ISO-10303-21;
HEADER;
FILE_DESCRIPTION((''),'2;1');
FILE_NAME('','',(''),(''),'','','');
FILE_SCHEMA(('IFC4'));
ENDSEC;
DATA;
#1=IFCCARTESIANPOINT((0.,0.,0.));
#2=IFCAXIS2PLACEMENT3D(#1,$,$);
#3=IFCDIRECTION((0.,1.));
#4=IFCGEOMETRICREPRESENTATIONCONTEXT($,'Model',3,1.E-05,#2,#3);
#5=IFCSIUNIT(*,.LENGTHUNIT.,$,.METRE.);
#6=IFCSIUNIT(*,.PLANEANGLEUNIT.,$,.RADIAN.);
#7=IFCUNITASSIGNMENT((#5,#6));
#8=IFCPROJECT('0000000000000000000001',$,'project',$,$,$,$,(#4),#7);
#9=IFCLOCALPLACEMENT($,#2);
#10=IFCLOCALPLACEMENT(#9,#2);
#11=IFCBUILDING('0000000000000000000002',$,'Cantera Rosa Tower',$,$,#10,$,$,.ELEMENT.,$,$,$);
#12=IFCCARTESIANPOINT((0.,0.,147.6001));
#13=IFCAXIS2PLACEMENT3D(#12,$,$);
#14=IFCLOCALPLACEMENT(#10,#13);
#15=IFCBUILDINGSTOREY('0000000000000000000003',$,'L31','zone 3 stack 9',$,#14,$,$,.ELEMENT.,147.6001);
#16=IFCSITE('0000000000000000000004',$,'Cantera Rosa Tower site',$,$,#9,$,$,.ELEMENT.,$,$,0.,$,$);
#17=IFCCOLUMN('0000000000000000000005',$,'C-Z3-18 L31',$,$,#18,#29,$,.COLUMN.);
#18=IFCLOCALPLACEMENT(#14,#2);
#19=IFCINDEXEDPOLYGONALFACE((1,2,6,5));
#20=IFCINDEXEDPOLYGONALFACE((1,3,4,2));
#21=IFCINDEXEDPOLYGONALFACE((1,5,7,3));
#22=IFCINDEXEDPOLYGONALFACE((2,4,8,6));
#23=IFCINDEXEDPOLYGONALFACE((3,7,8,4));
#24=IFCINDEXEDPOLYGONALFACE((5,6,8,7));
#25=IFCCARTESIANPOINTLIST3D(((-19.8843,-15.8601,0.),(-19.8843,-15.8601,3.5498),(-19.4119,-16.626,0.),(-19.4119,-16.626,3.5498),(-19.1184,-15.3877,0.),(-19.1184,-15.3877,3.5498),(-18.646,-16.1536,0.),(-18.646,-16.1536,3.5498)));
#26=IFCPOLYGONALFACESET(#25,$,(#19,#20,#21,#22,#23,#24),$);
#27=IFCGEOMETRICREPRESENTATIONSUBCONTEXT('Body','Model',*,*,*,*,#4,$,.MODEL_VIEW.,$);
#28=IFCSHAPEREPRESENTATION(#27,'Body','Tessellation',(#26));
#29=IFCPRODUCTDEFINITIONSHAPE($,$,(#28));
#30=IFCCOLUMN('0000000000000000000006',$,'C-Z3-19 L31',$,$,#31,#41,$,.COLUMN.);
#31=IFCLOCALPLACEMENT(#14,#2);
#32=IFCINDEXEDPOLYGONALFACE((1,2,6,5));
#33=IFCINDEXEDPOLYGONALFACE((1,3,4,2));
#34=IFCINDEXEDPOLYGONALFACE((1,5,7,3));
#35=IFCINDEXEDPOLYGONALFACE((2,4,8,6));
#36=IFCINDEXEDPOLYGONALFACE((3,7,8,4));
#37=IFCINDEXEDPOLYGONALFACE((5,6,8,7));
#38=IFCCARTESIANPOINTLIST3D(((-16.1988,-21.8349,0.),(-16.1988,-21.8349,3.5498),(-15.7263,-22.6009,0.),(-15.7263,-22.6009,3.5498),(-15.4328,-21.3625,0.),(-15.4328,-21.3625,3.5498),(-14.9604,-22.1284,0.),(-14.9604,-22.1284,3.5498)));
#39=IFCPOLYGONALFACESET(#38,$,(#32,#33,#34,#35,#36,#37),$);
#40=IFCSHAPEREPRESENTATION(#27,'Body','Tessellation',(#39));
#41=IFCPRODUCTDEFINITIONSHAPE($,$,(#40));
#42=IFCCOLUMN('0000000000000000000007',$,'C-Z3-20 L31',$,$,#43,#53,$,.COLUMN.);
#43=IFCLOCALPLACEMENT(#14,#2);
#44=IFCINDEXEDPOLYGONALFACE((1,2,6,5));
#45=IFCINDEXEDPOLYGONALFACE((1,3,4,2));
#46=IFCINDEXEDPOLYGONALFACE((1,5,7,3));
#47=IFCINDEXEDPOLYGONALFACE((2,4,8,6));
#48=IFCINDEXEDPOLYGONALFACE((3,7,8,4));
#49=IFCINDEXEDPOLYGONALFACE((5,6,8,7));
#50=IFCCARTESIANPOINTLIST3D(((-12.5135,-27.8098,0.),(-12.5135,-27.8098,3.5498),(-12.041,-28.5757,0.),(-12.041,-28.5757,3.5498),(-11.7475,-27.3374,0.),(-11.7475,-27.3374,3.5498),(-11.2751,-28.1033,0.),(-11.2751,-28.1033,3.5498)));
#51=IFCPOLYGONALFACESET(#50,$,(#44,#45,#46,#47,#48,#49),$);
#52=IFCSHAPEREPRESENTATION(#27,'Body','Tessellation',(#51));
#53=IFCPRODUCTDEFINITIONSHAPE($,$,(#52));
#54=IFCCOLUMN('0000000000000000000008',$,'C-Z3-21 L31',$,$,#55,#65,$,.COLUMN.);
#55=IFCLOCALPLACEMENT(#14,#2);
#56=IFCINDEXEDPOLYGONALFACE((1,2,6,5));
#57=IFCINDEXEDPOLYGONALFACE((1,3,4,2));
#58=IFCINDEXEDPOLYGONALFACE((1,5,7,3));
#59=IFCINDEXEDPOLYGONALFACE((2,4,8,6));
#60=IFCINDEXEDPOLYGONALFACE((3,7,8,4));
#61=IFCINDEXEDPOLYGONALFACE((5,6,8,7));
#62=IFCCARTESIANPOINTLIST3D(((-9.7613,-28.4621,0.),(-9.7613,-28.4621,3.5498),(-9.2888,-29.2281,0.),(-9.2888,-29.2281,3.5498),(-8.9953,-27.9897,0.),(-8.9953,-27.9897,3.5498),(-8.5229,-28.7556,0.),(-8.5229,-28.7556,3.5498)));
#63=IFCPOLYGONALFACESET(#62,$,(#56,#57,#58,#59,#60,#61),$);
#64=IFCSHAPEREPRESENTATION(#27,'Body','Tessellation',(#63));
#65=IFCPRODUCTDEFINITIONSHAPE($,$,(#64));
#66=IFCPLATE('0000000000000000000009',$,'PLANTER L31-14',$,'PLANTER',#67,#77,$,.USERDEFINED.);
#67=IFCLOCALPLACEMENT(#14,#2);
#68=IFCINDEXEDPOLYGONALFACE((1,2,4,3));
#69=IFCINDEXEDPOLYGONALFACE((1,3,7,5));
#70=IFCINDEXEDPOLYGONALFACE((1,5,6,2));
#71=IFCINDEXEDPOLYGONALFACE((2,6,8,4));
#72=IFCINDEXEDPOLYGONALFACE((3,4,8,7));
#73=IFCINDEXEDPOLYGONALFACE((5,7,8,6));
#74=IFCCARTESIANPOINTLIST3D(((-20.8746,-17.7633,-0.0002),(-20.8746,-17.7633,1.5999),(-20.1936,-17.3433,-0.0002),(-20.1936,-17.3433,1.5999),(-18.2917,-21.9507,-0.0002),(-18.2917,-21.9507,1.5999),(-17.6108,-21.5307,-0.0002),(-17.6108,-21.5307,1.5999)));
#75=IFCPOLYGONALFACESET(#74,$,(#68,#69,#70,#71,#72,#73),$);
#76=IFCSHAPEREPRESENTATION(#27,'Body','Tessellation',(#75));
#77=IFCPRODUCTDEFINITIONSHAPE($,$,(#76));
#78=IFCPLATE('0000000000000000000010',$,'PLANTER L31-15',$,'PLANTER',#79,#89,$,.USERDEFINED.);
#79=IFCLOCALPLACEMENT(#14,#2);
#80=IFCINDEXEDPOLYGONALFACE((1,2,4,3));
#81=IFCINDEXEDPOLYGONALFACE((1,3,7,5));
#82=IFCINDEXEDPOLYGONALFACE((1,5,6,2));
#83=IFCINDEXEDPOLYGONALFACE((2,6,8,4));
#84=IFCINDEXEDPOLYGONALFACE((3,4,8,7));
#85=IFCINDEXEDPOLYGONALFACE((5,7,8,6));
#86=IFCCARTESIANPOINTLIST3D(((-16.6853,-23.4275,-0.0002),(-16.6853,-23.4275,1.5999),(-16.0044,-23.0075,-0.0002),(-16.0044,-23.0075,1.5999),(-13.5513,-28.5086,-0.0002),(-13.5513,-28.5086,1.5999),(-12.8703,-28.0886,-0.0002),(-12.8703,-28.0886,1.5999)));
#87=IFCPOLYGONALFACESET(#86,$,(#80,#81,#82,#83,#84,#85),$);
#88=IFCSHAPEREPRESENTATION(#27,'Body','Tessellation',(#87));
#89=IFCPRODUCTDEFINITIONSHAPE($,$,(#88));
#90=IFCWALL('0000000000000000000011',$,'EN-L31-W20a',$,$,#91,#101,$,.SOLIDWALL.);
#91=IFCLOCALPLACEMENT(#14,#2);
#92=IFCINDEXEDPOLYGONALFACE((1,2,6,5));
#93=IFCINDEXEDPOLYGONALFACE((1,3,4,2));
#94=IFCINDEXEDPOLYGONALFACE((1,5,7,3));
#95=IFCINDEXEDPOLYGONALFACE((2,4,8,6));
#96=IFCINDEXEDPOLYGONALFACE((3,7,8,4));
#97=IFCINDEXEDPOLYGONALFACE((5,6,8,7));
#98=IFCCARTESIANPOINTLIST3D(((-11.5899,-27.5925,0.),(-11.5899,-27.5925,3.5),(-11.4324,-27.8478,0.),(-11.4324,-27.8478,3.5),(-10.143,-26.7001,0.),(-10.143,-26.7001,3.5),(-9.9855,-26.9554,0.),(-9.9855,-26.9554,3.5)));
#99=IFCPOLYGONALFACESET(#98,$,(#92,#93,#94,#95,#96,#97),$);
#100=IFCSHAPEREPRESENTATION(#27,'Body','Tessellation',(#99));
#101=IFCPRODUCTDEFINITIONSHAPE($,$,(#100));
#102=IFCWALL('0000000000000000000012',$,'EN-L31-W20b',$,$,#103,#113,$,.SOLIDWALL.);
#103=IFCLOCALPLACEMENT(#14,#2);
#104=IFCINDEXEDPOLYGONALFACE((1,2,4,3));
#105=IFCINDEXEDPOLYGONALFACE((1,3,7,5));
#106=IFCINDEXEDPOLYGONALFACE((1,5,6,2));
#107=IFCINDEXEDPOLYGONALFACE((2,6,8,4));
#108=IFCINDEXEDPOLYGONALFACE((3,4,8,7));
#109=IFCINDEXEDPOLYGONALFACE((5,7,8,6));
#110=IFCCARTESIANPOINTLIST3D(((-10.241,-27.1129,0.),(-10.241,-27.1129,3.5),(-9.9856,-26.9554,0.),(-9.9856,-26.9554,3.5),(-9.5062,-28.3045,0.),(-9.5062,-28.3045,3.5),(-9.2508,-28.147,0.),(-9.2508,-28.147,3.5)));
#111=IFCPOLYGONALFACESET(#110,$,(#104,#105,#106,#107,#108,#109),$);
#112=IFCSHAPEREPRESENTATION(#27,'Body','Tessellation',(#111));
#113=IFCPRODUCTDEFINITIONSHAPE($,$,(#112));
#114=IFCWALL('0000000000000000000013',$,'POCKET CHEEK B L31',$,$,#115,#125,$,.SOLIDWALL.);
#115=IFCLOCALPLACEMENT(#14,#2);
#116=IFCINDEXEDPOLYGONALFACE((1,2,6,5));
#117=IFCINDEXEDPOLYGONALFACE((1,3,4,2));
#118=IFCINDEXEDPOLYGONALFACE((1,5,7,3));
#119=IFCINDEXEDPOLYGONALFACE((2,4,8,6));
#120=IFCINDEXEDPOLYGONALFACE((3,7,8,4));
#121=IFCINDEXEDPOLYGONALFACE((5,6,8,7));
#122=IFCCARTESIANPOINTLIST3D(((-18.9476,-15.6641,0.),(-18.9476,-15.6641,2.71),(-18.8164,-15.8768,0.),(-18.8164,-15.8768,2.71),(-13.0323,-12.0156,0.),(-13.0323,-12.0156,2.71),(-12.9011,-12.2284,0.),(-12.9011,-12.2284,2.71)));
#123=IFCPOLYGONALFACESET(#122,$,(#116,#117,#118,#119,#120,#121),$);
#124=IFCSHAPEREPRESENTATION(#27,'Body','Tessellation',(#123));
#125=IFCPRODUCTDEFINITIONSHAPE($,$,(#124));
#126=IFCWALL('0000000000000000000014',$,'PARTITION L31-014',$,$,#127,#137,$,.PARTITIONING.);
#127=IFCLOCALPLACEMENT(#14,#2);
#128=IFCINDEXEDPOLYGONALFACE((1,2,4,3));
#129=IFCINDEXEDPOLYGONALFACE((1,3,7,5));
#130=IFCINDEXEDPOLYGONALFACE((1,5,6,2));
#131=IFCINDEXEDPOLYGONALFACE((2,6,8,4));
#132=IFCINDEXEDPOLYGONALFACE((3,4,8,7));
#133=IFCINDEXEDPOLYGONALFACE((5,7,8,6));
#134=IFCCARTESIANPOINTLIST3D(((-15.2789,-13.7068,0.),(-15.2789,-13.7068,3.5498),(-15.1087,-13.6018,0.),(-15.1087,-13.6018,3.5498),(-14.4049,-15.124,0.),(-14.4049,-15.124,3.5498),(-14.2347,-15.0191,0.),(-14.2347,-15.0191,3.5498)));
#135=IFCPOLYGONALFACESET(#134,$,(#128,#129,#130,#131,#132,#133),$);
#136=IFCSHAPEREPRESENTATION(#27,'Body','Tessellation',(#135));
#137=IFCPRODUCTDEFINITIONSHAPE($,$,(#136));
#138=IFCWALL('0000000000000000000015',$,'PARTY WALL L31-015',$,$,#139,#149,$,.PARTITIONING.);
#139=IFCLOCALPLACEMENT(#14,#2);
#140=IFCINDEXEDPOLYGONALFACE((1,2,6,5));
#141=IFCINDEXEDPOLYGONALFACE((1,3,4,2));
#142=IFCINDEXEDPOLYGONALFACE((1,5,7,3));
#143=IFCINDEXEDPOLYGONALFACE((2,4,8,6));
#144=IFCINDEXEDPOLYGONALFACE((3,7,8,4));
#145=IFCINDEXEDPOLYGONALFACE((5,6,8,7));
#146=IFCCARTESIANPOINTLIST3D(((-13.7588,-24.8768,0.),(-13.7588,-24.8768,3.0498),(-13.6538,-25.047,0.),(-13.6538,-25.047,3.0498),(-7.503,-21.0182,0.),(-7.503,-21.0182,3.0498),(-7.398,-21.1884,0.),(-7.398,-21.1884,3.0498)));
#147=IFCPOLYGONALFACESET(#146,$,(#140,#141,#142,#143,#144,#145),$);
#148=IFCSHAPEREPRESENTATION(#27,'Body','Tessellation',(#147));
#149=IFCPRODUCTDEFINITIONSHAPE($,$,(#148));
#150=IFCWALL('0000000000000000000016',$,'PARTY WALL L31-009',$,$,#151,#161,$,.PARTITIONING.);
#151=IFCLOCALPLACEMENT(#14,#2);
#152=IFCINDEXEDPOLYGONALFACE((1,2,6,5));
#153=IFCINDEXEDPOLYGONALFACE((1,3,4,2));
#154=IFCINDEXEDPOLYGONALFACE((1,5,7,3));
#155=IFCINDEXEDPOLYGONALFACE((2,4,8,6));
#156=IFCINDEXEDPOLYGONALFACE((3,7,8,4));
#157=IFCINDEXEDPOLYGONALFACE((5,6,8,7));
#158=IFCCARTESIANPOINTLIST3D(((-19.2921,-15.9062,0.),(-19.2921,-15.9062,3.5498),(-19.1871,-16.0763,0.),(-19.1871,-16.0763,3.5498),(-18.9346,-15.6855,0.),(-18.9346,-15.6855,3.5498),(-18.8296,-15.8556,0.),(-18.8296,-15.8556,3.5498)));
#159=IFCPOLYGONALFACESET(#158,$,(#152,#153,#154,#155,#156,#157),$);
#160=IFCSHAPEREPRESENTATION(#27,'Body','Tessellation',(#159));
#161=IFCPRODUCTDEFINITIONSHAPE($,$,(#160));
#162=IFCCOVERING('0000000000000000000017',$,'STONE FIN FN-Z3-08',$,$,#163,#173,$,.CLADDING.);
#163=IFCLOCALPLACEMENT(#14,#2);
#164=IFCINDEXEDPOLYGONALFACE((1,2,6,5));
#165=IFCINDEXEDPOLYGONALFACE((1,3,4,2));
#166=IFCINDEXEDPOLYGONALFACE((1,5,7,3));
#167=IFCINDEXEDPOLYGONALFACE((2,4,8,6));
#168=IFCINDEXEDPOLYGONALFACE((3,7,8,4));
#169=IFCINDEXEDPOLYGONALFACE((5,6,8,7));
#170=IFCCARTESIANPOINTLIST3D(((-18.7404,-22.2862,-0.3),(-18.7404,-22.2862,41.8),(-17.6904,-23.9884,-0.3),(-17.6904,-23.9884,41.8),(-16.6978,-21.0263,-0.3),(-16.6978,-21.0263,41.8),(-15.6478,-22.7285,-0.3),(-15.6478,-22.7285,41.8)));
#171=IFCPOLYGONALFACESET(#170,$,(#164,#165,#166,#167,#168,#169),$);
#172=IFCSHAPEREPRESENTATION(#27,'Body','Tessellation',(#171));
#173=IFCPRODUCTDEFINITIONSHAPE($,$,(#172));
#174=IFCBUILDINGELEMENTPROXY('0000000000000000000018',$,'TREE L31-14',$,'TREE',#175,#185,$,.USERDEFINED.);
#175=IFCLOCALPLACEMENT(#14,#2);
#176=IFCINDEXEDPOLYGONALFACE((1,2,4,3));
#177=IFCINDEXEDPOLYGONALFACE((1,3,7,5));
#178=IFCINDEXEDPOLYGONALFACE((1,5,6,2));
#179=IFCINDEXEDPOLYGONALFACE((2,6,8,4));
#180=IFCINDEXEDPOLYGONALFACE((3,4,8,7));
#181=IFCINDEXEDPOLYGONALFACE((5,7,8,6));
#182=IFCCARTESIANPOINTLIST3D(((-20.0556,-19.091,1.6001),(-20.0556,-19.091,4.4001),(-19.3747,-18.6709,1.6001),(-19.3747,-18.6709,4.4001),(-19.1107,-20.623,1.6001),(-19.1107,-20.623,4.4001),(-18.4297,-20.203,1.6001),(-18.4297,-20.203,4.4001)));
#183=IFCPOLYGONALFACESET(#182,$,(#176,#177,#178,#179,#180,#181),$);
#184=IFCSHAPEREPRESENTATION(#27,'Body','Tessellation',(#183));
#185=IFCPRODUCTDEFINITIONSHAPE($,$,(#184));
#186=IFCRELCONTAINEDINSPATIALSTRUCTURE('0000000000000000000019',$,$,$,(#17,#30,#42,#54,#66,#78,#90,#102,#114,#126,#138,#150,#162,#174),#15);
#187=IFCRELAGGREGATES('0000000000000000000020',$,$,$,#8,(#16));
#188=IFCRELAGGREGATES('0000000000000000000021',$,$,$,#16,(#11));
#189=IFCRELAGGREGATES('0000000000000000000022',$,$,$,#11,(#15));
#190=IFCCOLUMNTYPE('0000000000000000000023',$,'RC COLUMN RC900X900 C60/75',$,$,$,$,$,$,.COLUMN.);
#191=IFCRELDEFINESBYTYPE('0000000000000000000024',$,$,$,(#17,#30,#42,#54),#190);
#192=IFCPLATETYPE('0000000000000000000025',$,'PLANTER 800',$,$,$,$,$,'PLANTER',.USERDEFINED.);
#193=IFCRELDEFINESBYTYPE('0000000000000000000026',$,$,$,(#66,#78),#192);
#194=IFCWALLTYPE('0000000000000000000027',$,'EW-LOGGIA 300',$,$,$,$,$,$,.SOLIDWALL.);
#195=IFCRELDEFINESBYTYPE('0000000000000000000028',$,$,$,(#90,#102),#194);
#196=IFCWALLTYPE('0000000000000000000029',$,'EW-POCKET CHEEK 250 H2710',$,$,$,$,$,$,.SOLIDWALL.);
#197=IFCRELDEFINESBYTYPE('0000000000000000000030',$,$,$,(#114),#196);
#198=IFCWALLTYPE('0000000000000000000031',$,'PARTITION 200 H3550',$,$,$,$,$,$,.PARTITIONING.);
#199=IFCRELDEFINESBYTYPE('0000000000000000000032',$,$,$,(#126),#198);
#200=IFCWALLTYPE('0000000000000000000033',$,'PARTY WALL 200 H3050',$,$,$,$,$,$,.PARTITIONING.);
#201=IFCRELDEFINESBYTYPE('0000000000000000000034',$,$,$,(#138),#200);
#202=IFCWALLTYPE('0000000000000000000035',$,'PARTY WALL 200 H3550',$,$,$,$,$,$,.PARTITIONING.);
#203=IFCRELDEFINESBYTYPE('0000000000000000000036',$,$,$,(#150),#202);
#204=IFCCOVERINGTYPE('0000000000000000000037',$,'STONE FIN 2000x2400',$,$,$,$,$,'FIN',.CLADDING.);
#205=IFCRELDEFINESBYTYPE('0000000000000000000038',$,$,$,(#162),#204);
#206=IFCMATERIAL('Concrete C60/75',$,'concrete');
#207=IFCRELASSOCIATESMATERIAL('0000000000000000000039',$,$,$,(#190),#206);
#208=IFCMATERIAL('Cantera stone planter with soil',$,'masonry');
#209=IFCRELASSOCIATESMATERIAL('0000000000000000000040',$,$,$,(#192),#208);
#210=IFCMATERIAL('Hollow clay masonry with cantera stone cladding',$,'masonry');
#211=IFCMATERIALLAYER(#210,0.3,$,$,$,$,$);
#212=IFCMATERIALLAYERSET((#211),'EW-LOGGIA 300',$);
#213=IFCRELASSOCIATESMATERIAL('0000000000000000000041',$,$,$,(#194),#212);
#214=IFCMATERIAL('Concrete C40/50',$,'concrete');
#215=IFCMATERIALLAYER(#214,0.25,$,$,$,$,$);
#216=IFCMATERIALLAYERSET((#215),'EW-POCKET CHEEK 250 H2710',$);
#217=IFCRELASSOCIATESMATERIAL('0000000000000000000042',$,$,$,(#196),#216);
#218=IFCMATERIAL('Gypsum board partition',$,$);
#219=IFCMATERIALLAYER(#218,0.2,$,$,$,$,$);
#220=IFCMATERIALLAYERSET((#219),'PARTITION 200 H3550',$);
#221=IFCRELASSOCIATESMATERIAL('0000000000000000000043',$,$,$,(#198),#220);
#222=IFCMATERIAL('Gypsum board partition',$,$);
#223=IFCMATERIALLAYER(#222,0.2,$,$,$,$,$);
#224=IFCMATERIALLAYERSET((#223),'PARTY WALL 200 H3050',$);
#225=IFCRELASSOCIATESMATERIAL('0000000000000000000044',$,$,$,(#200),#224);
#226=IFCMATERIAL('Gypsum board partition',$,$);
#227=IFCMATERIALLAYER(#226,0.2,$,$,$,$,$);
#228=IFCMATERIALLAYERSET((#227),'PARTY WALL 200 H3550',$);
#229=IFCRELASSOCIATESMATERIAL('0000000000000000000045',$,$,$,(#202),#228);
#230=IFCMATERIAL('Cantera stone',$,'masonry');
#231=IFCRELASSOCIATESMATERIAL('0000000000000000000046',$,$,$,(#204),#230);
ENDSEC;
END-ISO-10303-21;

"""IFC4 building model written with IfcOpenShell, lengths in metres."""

from ifc_helpers import new_model, si_unit, direction, frame, frame_2d, origin, origin_2d, place, context, subcontext, project, spatial, rectangle, extrude, material, layer, layer_set, material_profile, profile_set, type_object, element, save


model = new_model("IFC4")

# Units and contexts
model_context = context("Model", 3, precision=1e-05, world=origin(), true_north=direction((0.0, 1.0)))
body_context = subcontext(model_context, "Body", "Model", "MODEL_VIEW")
ifc_project = project(units=[si_unit("LENGTHUNIT", "METRE"), si_unit("PLANEANGLEUNIT", "RADIAN")], contexts=[model_context])

# Site, building, storey
site_placement = place(None, origin())
site = spatial("IfcSite", under=ifc_project, at=site_placement, Name="Cantera Rosa Tower site", CompositionType="ELEMENT", RefElevation=0.0)
building_placement = place(site_placement, origin())
building = spatial("IfcBuilding", under=site, at=building_placement, Name="Cantera Rosa Tower", CompositionType="ELEMENT")
storey_placement = place(building_placement, frame((0.0, 0.0, 147.6001)))
storey = spatial("IfcBuildingStorey", under=building, at=storey_placement, Name="L31", Description="zone 3 stack 9", CompositionType="ELEMENT", Elevation=147.6001)

# Columns
ifc_material_1 = material(Name="Concrete C60/75", Category="concrete")
ifc_material_profile = material_profile(ifc_material_1, rectangle(XDim=0.8999, YDim=0.8999, at=origin_2d()), Name="RC COLUMN RC900X900 C60/75")
ifc_profile_set = profile_set([ifc_material_profile], Name="Concrete C60/75")
column_type = type_object("IfcColumnType", Name="RC COLUMN RC900X900 C60/75", PredefinedType="COLUMN", material=ifc_profile_set)
for number, where, z_axis, x_axis, name in (
    (1, (-19.2651, -16.0068, 0.0), (0.0, 0.0, 1.0), (0.851117, 0.524977, 0.0), "C-Z3-18 L31"),
    (2, (-15.5796, -21.9817, 0.0), (0.0, 0.0, 1.0), (0.851117, 0.524977, 0.0), "C-Z3-19 L31"),
    (3, (-11.8943, -27.9565, 0.0), (0.0, 0.0, 1.0), (0.851117, 0.524977, 0.0), "C-Z3-20 L31"),
    (4, (-9.1421, -28.6089, 0.0), (0.0, 0.0, 1.0), (0.851117, 0.524977, 0.0), "C-Z3-21 L31"),
):
    element("IfcColumn", number, at=place(storey_placement, frame(where, z_axis=z_axis, x_axis=x_axis)), inside=storey, type_object=column_type, Name=name, PredefinedType="COLUMN", context=body_context, shape_type="SweptSolid", body=[
        extrude(rectangle(XDim=0.8999, YDim=0.8999, at=origin_2d()), origin(), (0.0, 0.0, 1.0), 3.5498),
    ])

# Plates
ifc_material_2 = material(Name="Cantera stone planter with soil", Category="masonry")
plate_type = type_object("IfcPlateType", Name="PLANTER 800", ElementType="PLANTER", PredefinedType="USERDEFINED", material=ifc_material_2)
plate_1_placement = place(storey_placement, frame((-19.2427, -19.647, -0.0002), z_axis=(0.0, 0.0, 1.0), x_axis=(0.524977, -0.851117, 0.0)))
element("IfcPlate", 5, at=plate_1_placement, inside=storey, type_object=plate_type, Name="PLANTER L31-14", ObjectType="PLANTER", PredefinedType="USERDEFINED", context=body_context, shape_type="SweptSolid", body=[
    extrude(rectangle(XDim=4.9199, YDim=0.8, at=origin_2d()), origin(), (0.0, 0.0, 1.0), 1.6001),
])
plate_2_placement = place(storey_placement, frame((-14.7778, -25.7581, -0.0002), z_axis=(0.0, 0.0, 1.0), x_axis=(0.524977, -0.851117, 0.0)))
element("IfcPlate", 6, at=plate_2_placement, inside=storey, type_object=plate_type, Name="PLANTER L31-15", ObjectType="PLANTER", PredefinedType="USERDEFINED", context=body_context, shape_type="SweptSolid", body=[
    extrude(rectangle(XDim=5.97, YDim=0.8, at=origin_2d()), origin(), (0.0, 0.0, 1.0), 1.6001),
])

# Walls
ifc_material_3 = material(Name="Hollow clay masonry with cantera stone cladding", Category="masonry")
ifc_layer_1 = layer(ifc_material_3, 0.3)
ifc_layer_set_1 = layer_set([ifc_layer_1], Name="EW-LOGGIA 300")
wall_type_1 = type_object("IfcWallType", Name="EW-LOGGIA 300", PredefinedType="SOLIDWALL", material=ifc_layer_set_1)
wall_1_placement = place(storey_placement, frame((-11.5112, -27.7202, 0.0), z_axis=(0.0, 0.0, 1.0), x_axis=(0.85113, 0.524955, 0.0)))
element("IfcWall", 7, at=wall_1_placement, inside=storey, type_object=wall_type_1, Name="EN-L31-W20a", PredefinedType="SOLIDWALL", context=body_context, shape_type="SweptSolid", body=[
    extrude(rectangle(XDim=1.7, YDim=0.3, at=frame_2d((0.8501, 0.0))), origin(), (0.0, 0.0, 1.0), 3.5),
])
wall_2_placement = place(storey_placement, frame((-10.1133, -27.0342, 0.0), z_axis=(0.0, 0.0, 1.0), x_axis=(0.524895, -0.851167, 0.0)))
element("IfcWall", 8, at=wall_2_placement, inside=storey, type_object=wall_type_1, Name="EN-L31-W20b", PredefinedType="SOLIDWALL", context=body_context, shape_type="SweptSolid", body=[
    extrude(rectangle(XDim=1.3999, YDim=0.3, at=frame_2d((0.7, 0.0))), origin(), (0.0, 0.0, 1.0), 3.5),
])

# Walls
ifc_material_4 = material(Name="Concrete C40/50", Category="concrete")
ifc_layer_2 = layer(ifc_material_4, 0.25)
ifc_layer_set_2 = layer_set([ifc_layer_2], Name="EW-POCKET CHEEK 250 H2710")
wall_type_2 = type_object("IfcWallType", Name="EW-POCKET CHEEK 250 H2710", PredefinedType="SOLIDWALL", material=ifc_layer_set_2)
wall_3_placement = place(storey_placement, frame((-18.8821, -15.7705, 0.0), z_axis=(0.0, 0.0, 1.0), x_axis=(0.851127, 0.52496, 0.0)))
element("IfcWall", 9, at=wall_3_placement, inside=storey, type_object=wall_type_2, Name="POCKET CHEEK B L31", PredefinedType="SOLIDWALL", context=body_context, shape_type="SweptSolid", body=[
    extrude(rectangle(XDim=6.95, YDim=0.25, at=frame_2d((3.4751, 0.0))), origin(), (0.0, 0.0, 1.0), 2.71),
])
ifc_material_5 = material(Name="Gypsum board partition")
ifc_layer_3 = layer(ifc_material_5, 0.2)
ifc_layer_set_3 = layer_set([ifc_layer_3], Name="PARTITION 200 H3550")
wall_type_3 = type_object("IfcWallType", Name="PARTITION 200 H3550", PredefinedType="PARTITIONING", material=ifc_layer_set_3)
wall_4_placement = place(storey_placement, frame((-14.3198, -15.0715, 0.0), z_axis=(0.0, 0.0, 1.0), x_axis=(-0.524915, 0.851154, 0.0)))
element("IfcWall", 10, at=wall_4_placement, inside=storey, type_object=wall_type_3, Name="PARTITION L31-014", PredefinedType="PARTITIONING", context=body_context, shape_type="SweptSolid", body=[
    extrude(rectangle(XDim=1.665, YDim=0.2, at=frame_2d((0.8325, 0.0))), origin(), (0.0, 0.0, 1.0), 3.5498),
])
ifc_material_6 = material(Name="Gypsum board partition")
ifc_layer_4 = layer(ifc_material_6, 0.2)
ifc_layer_set_4 = layer_set([ifc_layer_4], Name="PARTY WALL 200 H3050")
wall_type_4 = type_object("IfcWallType", Name="PARTY WALL 200 H3050", PredefinedType="PARTITIONING", material=ifc_layer_set_4)
wall_5_placement = place(storey_placement, frame((-13.7063, -24.9619, 0.0), z_axis=(0.0, 0.0, 1.0), x_axis=(0.851118, 0.524974, 0.0)))
element("IfcWall", 11, at=wall_5_placement, inside=storey, type_object=wall_type_4, Name="PARTY WALL L31-015", PredefinedType="PARTITIONING", context=body_context, shape_type="SweptSolid", body=[
    extrude(rectangle(XDim=7.3501, YDim=0.2, at=frame_2d((3.675, 0.0))), origin(), (0.0, 0.0, 1.0), 3.0498),
])
ifc_material_7 = material(Name="Gypsum board partition")
ifc_layer_5 = layer(ifc_material_7, 0.2)
ifc_layer_set_5 = layer_set([ifc_layer_5], Name="PARTY WALL 200 H3550")
wall_type_5 = type_object("IfcWallType", Name="PARTY WALL 200 H3550", PredefinedType="PARTITIONING", material=ifc_layer_set_5)
wall_6_placement = place(storey_placement, frame((-19.2395, -15.9912, 0.0), z_axis=(0.0, 0.0, 1.0), x_axis=(0.850859, 0.525394, 0.0)))
element("IfcWall", 12, at=wall_6_placement, inside=storey, type_object=wall_type_5, Name="PARTY WALL L31-009", PredefinedType="PARTITIONING", context=body_context, shape_type="SweptSolid", body=[
    extrude(rectangle(XDim=0.4202, YDim=0.2, at=frame_2d((0.21, 0.0))), origin(), (0.0, 0.0, 1.0), 3.5498),
])

# Covering
ifc_material_8 = material(Name="Cantera stone", Category="masonry")
covering_type = type_object("IfcCoveringType", Name="STONE FIN 2000x2400", ElementType="FIN", PredefinedType="CLADDING", material=ifc_material_8)
covering_placement = place(storey_placement, frame((-17.1941, -22.5073, -0.3), z_axis=(0.0, 0.0, 1.0), x_axis=(0.524977, -0.851117, 0.0)))
element("IfcCovering", 13, at=covering_placement, inside=storey, type_object=covering_type, Name="STONE FIN FN-Z3-08", PredefinedType="CLADDING", context=body_context, shape_type="SweptSolid", body=[
    extrude(rectangle(XDim=2.0, YDim=2.3999, at=origin_2d()), origin(), (0.0, 0.0, 1.0), 42.1001),
])

# Building element proxy
proxy_placement = place(storey_placement, frame((-19.2427, -19.647, 1.6001), z_axis=(0.0, 0.0, 1.0), x_axis=(0.524977, -0.851117, 0.0)))
element("IfcBuildingElementProxy", 14, at=proxy_placement, inside=storey, Name="TREE L31-14", ObjectType="TREE", PredefinedType="USERDEFINED", context=body_context, shape_type="SweptSolid", body=[
    extrude(rectangle(XDim=1.8, YDim=0.8, at=origin_2d()), origin(), (0.0, 0.0, 1.0), 2.8),
])

save(model, "model.ifc")
